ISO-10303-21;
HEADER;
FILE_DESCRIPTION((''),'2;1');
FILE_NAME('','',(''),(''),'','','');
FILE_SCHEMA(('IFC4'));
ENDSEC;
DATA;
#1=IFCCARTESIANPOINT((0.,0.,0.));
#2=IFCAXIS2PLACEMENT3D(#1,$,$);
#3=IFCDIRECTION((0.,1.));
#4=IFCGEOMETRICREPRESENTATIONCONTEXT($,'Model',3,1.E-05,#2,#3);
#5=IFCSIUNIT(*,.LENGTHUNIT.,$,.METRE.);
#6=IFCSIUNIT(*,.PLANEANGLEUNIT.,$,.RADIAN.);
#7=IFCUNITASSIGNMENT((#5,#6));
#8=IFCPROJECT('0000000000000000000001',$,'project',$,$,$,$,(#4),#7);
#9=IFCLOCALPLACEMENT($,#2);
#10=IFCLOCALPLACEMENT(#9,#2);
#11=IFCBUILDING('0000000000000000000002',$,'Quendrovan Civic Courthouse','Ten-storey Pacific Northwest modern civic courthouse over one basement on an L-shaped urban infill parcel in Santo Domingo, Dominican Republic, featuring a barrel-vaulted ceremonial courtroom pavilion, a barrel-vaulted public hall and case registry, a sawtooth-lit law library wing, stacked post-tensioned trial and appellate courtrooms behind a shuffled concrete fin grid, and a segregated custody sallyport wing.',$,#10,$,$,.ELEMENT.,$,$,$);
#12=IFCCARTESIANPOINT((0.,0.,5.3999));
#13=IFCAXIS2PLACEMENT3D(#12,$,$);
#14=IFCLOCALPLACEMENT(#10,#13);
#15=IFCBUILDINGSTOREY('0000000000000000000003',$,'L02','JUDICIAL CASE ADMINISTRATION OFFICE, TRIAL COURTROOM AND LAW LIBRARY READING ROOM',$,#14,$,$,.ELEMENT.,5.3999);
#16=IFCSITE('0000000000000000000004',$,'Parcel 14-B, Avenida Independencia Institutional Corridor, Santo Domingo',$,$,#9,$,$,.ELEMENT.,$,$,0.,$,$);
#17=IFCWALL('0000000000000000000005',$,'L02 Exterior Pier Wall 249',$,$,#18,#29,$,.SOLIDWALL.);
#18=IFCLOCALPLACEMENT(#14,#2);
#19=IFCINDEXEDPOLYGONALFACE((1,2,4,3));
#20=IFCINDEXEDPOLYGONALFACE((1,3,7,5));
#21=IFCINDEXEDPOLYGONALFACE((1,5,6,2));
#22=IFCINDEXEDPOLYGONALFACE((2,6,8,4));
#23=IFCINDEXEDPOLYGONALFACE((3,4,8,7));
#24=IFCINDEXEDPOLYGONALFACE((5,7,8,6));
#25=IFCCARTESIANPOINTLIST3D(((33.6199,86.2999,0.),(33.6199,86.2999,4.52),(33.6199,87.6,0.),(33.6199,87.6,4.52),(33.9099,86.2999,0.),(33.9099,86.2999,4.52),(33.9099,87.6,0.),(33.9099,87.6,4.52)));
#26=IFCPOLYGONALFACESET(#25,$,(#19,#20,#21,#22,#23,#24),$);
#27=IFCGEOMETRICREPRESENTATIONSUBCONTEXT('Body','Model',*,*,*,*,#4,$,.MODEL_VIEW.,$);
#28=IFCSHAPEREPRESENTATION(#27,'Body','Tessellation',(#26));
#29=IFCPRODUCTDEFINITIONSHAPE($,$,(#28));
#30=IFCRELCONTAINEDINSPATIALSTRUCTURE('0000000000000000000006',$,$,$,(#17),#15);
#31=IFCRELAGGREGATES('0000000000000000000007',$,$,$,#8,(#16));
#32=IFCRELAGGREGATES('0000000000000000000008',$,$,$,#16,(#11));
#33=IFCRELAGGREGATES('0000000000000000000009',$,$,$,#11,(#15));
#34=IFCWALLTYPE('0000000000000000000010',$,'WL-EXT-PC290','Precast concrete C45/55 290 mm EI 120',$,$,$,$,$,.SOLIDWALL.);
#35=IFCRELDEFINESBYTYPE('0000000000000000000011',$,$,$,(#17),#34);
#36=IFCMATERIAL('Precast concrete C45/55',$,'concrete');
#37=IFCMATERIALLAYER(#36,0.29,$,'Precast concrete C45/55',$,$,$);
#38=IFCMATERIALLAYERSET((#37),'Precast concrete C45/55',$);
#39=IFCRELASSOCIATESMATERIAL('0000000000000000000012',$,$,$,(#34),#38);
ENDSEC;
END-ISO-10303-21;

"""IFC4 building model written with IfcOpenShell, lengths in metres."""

from ifc_helpers import new_model, si_unit, direction, frame, frame_2d, origin, place, context, subcontext, project, spatial, rectangle, extrude, material, layer, layer_set, type_object, element, save


model = new_model("IFC4")

# Units and contexts
model_context = context("Model", 3, precision=1e-05, world=origin(), true_north=direction((0.0, 1.0)))
body_context = subcontext(model_context, "Body", "Model", "MODEL_VIEW")
ifc_project = project(units=[si_unit("LENGTHUNIT", "METRE"), si_unit("PLANEANGLEUNIT", "RADIAN")], contexts=[model_context])

# Site, building, storey
site_placement = place(None, origin())
site = spatial("IfcSite", under=ifc_project, at=site_placement, Name="Parcel 14-B, Avenida Independencia Institutional Corridor, Santo Domingo", CompositionType="ELEMENT", RefElevation=0.0)
building_placement = place(site_placement, origin())
building = spatial("IfcBuilding", under=site, at=building_placement, Name="Quendrovan Civic Courthouse", Description="Ten-storey Pacific Northwest modern civic courthouse over one basement on an L-shaped urban infill parcel in Santo Domingo, Dominican Republic, featuring a barrel-vaulted ceremonial courtroom pavilion, a barrel-vaulted public hall and case registry, a sawtooth-lit law library wing, stacked post-tensioned trial and appellate courtrooms behind a shuffled concrete fin grid, and a segregated custody sallyport wing.", CompositionType="ELEMENT")
storey_placement = place(building_placement, frame((0.0, 0.0, 5.3999)))
storey = spatial("IfcBuildingStorey", under=building, at=storey_placement, Name="L02", Description="JUDICIAL CASE ADMINISTRATION OFFICE, TRIAL COURTROOM AND LAW LIBRARY READING ROOM", CompositionType="ELEMENT", Elevation=5.3999)

# Wall
ifc_material_1 = material(Name="Precast concrete C45/55", Category="concrete")
ifc_layer_1 = layer(ifc_material_1, 0.29, Name="Precast concrete C45/55")
ifc_layer_set_1 = layer_set([ifc_layer_1], Name="Precast concrete C45/55")
wall_type = type_object("IfcWallType", Name="WL-EXT-PC290", Description="Precast concrete C45/55 290 mm EI 120", PredefinedType="SOLIDWALL", material=ifc_layer_set_1)
wall_1_placement = place(storey_placement, frame((33.7649, 86.3, 0.0), z_axis=(0.0, 0.0, 1.0), x_axis=(0.0, 1.0, 0.0)))
element("IfcWall", 1, at=wall_1_placement, inside=storey, type_object=wall_type, Name="L02 Exterior Pier Wall 249", PredefinedType="SOLIDWALL", context=body_context, shape_type="SweptSolid", body=[
    extrude(rectangle(XDim=1.3, YDim=0.29, at=frame_2d((0.6499, 0.0))), origin(), (0.0, 0.0, 1.0), 4.52),
])

save(model, "model.ifc")
